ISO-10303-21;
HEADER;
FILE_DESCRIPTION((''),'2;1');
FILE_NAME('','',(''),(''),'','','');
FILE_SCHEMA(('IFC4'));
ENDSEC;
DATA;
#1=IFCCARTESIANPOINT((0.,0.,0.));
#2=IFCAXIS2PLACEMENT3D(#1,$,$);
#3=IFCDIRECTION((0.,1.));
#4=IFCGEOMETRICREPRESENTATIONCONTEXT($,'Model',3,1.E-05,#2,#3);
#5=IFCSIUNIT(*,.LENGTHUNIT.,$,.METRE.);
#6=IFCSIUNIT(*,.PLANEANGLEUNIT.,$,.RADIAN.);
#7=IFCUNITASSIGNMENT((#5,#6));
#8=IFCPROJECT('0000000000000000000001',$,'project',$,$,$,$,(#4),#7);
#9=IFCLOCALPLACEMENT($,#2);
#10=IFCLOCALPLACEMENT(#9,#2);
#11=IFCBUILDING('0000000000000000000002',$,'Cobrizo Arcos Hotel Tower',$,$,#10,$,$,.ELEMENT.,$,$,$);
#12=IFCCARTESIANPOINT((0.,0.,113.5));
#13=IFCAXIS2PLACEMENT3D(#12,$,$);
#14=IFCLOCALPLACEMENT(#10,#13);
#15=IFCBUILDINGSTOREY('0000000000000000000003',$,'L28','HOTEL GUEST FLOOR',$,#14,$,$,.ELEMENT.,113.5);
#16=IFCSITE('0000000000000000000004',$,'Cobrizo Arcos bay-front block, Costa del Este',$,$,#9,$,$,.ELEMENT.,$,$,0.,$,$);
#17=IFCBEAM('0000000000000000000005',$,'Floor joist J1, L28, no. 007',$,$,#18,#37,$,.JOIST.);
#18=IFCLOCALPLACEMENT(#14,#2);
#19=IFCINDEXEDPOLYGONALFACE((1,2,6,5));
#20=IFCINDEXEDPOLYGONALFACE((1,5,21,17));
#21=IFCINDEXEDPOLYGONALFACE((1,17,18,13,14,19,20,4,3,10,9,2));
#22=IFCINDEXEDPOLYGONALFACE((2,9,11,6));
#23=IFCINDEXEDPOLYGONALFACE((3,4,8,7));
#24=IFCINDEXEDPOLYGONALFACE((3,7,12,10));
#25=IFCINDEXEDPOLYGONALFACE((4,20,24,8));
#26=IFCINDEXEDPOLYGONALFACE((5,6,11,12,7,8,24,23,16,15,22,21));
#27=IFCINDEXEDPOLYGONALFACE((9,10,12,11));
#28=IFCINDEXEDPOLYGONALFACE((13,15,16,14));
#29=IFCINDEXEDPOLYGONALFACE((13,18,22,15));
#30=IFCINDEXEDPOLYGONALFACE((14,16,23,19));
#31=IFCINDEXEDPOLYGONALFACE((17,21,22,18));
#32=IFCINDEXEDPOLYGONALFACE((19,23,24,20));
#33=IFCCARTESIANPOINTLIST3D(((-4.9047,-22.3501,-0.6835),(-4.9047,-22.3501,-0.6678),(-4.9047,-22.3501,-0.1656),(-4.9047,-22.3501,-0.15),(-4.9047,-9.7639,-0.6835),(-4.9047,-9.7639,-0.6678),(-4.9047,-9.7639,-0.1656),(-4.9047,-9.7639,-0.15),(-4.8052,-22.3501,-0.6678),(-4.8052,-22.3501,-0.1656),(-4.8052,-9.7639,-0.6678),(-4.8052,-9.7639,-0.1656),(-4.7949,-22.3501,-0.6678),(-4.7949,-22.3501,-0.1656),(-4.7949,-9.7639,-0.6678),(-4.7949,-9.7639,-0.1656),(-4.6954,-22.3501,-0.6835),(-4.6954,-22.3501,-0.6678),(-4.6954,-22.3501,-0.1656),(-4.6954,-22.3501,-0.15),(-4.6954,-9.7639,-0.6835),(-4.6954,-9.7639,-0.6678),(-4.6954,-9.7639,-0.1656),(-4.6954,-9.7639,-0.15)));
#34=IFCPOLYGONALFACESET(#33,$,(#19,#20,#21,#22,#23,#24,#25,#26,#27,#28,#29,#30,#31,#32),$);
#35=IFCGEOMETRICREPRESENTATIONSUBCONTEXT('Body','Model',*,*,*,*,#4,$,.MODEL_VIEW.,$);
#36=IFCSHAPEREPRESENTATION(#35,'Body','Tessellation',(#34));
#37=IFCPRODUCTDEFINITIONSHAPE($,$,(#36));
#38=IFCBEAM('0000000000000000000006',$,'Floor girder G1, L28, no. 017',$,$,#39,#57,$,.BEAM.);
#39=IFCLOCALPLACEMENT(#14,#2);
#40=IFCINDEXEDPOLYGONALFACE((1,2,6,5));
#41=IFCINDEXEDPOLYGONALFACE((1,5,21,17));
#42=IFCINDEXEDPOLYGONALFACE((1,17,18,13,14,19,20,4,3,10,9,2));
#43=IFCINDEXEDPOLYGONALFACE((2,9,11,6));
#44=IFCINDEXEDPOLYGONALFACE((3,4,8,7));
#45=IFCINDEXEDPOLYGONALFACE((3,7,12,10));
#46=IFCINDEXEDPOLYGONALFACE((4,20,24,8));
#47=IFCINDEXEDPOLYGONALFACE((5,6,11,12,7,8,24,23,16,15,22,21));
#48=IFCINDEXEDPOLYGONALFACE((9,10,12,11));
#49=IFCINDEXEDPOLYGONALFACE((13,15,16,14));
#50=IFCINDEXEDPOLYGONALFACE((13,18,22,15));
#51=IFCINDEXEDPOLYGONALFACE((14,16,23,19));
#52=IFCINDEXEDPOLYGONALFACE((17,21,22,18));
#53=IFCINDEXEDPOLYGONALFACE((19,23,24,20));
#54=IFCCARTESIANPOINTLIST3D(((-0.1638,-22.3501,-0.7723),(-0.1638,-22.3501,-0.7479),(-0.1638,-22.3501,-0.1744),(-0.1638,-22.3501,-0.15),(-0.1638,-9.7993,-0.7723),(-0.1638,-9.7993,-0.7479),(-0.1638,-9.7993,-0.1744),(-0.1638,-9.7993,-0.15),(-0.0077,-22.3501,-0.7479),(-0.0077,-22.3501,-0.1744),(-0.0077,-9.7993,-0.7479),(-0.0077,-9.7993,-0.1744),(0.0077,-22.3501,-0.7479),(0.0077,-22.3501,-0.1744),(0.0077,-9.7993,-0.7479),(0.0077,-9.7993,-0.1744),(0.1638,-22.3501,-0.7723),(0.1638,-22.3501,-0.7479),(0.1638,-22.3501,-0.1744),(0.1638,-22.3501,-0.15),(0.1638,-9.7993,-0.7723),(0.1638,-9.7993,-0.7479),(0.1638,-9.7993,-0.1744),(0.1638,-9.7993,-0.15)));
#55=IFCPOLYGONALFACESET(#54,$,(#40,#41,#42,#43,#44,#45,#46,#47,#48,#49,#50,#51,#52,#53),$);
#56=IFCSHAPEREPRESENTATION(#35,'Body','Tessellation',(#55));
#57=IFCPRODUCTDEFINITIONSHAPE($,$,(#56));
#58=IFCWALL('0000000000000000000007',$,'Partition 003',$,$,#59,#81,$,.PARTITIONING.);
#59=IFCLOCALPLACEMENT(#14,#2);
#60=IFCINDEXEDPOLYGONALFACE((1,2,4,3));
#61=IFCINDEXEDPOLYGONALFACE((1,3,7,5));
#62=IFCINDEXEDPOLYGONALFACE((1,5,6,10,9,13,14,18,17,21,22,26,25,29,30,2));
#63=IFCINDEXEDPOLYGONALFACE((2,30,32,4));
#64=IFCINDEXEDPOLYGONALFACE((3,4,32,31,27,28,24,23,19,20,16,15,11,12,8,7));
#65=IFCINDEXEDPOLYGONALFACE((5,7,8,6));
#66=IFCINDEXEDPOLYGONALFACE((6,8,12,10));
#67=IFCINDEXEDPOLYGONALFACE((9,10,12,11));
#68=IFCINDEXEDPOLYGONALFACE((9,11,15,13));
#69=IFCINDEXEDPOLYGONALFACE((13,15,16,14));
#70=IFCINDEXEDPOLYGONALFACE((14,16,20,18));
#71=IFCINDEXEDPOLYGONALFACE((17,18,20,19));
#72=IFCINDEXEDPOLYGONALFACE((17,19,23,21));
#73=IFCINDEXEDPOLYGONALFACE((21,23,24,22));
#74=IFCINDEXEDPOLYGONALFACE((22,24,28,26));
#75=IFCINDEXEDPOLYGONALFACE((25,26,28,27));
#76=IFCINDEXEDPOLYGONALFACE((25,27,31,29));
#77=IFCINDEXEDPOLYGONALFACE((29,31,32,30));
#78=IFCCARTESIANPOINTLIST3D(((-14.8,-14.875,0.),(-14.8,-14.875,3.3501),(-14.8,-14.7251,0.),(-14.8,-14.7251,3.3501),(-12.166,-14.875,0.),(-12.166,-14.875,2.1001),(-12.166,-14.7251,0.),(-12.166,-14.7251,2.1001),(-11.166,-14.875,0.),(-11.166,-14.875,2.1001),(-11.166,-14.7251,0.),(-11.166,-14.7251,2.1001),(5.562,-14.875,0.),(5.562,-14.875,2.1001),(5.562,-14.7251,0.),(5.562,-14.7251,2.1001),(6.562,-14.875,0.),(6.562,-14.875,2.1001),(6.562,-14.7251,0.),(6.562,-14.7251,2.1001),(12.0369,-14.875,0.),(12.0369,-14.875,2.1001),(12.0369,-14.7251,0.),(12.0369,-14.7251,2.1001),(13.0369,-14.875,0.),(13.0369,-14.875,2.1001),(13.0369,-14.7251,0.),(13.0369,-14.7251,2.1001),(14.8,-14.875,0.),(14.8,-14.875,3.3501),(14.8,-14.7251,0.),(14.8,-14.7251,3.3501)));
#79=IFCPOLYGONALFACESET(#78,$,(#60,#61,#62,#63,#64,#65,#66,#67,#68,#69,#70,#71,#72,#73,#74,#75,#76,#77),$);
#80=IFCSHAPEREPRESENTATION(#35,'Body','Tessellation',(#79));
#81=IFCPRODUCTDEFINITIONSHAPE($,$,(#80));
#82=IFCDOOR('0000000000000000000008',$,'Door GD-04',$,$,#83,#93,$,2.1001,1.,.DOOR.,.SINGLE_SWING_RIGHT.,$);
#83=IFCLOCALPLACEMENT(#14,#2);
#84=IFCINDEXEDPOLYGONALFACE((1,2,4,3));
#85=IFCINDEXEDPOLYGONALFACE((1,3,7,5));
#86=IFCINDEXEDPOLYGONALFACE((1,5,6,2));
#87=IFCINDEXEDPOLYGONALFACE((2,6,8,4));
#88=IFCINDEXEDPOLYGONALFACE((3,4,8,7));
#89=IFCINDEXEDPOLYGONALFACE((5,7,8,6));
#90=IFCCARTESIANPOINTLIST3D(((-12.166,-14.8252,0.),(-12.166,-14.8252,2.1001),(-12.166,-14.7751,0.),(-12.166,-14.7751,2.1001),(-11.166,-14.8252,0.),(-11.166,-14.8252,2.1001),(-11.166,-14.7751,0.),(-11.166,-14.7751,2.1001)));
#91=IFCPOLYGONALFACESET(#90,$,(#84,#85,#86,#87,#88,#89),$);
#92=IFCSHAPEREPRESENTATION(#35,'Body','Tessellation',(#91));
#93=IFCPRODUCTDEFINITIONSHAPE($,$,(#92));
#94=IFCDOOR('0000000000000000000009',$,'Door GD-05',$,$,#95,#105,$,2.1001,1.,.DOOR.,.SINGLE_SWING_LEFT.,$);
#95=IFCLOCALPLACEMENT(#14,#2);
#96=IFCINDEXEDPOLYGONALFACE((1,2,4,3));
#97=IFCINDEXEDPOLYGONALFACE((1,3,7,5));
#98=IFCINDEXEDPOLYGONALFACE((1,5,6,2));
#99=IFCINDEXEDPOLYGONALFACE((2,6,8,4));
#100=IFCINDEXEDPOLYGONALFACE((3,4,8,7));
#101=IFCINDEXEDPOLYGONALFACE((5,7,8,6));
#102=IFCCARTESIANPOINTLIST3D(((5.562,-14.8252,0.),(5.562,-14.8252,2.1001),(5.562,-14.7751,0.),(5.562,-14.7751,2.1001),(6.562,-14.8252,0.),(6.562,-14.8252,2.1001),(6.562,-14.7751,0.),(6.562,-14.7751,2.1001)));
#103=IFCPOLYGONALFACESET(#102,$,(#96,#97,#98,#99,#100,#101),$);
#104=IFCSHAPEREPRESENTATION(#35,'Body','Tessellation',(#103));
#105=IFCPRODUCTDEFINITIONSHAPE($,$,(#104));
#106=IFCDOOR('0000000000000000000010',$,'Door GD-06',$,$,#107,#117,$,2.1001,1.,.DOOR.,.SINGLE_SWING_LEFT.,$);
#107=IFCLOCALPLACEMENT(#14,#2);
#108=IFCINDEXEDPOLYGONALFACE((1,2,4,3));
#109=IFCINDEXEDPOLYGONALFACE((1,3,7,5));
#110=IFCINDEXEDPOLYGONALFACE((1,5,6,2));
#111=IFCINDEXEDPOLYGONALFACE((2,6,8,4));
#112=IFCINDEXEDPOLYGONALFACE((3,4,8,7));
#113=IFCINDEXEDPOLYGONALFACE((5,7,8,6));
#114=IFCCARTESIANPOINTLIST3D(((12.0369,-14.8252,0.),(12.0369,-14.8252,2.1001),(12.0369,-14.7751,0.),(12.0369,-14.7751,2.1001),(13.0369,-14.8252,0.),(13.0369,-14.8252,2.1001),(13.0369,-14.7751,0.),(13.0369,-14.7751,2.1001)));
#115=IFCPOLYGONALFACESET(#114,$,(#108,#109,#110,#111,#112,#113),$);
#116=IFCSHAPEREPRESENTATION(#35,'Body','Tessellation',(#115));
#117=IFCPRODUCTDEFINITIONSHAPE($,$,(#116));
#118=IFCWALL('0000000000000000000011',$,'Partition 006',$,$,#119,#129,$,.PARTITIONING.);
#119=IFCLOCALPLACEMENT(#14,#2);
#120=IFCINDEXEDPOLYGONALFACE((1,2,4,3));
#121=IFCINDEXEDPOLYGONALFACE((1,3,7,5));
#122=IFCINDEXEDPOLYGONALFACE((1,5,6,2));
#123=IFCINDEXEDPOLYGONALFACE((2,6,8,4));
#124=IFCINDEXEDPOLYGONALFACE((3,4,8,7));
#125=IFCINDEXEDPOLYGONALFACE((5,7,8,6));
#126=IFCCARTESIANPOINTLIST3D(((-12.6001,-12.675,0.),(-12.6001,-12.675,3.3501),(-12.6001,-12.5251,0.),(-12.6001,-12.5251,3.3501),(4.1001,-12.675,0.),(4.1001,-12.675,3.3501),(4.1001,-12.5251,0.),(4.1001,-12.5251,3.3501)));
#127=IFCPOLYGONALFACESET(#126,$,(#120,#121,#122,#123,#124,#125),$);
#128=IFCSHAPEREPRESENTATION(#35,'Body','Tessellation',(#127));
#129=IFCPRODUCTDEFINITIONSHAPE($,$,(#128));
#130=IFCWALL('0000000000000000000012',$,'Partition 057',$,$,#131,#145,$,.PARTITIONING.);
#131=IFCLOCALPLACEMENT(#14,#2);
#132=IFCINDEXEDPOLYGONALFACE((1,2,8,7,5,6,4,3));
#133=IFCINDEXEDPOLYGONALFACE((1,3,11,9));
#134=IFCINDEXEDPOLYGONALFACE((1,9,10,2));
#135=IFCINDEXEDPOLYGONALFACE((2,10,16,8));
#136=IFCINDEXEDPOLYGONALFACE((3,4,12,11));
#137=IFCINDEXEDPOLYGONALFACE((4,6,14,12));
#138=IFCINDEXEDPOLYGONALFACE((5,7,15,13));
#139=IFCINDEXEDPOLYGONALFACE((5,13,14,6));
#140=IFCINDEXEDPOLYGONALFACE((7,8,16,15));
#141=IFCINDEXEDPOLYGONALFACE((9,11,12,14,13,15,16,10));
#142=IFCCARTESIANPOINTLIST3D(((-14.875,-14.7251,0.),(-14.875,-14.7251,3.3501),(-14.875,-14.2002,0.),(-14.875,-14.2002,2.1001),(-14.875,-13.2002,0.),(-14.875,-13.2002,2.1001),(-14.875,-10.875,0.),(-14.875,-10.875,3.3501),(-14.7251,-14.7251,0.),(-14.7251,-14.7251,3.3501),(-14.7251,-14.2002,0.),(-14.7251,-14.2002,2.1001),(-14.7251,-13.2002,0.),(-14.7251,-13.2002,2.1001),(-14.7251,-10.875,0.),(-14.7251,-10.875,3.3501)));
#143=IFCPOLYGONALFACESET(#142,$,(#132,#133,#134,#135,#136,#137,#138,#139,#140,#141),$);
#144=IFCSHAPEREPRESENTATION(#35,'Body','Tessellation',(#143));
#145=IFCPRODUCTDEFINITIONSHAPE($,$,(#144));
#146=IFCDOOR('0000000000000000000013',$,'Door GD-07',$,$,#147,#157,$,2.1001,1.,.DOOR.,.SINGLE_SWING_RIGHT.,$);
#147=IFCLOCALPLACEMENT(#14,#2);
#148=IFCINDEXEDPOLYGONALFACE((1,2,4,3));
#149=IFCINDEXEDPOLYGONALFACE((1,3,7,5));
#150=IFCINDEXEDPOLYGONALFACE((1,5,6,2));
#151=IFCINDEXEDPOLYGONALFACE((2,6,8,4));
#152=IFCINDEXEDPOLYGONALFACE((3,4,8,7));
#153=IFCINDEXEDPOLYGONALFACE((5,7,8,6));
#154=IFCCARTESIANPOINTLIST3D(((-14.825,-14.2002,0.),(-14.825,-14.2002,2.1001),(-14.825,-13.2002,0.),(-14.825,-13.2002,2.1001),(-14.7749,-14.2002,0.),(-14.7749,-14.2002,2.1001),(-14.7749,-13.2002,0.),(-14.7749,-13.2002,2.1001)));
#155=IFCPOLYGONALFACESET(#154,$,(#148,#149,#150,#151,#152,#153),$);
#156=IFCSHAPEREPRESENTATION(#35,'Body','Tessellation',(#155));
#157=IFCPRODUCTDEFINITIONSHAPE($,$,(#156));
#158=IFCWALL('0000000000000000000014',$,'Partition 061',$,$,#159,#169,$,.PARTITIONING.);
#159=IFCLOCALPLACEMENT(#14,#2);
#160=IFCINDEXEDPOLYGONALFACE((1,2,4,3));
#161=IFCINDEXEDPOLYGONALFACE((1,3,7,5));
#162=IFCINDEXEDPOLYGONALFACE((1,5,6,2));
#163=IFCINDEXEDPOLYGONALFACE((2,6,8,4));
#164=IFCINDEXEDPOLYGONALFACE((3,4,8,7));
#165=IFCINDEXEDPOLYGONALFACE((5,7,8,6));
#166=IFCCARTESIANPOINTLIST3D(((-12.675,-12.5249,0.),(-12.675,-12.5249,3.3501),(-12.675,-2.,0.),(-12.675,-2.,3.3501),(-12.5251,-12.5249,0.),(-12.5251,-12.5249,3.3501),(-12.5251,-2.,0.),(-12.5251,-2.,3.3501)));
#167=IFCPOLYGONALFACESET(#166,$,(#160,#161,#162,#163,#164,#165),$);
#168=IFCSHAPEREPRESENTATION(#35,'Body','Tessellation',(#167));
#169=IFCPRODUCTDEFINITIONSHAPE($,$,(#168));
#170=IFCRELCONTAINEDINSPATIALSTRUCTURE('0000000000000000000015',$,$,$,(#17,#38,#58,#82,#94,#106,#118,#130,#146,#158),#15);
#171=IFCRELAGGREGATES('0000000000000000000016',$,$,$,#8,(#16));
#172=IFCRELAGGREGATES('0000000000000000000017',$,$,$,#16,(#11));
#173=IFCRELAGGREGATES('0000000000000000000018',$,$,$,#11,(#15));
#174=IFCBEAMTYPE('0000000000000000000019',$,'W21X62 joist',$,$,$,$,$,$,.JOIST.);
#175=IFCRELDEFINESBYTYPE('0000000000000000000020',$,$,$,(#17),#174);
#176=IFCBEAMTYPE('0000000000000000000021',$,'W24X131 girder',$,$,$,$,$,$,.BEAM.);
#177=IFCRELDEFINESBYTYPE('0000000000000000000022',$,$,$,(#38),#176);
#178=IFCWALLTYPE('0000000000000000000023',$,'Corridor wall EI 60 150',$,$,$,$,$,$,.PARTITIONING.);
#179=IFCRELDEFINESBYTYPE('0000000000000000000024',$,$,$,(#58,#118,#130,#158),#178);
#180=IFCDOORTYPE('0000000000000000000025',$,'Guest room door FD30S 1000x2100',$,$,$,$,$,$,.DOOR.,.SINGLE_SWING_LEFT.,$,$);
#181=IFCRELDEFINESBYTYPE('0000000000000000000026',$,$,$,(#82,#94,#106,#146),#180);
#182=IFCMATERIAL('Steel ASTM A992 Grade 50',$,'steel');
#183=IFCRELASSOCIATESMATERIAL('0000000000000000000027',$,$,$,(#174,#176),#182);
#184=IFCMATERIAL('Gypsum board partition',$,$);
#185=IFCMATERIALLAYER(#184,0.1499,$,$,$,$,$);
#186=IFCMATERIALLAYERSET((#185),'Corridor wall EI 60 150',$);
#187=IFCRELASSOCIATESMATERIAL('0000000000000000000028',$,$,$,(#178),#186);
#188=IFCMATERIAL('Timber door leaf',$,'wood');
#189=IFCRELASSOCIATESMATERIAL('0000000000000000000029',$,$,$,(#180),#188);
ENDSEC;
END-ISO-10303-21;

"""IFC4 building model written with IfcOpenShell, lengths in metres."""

from ifc_helpers import new_model, si_unit, direction, frame, frame_2d, origin, origin_2d, place, context, subcontext, project, spatial, rectangle, i_section, extrude, material, layer, layer_set, material_profile, profile_set, type_object, element, fill, save


model = new_model("IFC4")

# Units and contexts
model_context = context("Model", 3, precision=1e-05, world=origin(), true_north=direction((0.0, 1.0)))
body_context = subcontext(model_context, "Body", "Model", "MODEL_VIEW")
ifc_project = project(units=[si_unit("LENGTHUNIT", "METRE"), si_unit("PLANEANGLEUNIT", "RADIAN")], contexts=[model_context])

# Site, building, storey
site_placement = place(None, origin())
site = spatial("IfcSite", under=ifc_project, at=site_placement, Name="Cobrizo Arcos bay-front block, Costa del Este", CompositionType="ELEMENT", RefElevation=0.0)
building_placement = place(site_placement, origin())
building = spatial("IfcBuilding", under=site, at=building_placement, Name="Cobrizo Arcos Hotel Tower", CompositionType="ELEMENT")
storey_placement = place(building_placement, frame((0.0, 0.0, 113.5)))
storey = spatial("IfcBuildingStorey", under=building, at=storey_placement, Name="L28", Description="HOTEL GUEST FLOOR", CompositionType="ELEMENT", Elevation=113.5)

# Beams
ifc_material_1 = material(Name="Steel ASTM A992 Grade 50", Category="steel")
ifc_material_profile_1 = material_profile(ifc_material_1, i_section(OverallWidth=0.2092, OverallDepth=0.5334, WebThickness=0.0103, FlangeThickness=0.0156, at=origin_2d()), Name="W21X62")
ifc_profile_set_1 = profile_set([ifc_material_profile_1], Name="Steel ASTM A992 Grade 50")
beam_type_1 = type_object("IfcBeamType", Name="W21X62 joist", PredefinedType="JOIST", material=ifc_profile_set_1)
beam_1_placement = place(storey_placement, frame((-4.8, -22.3501, -0.4167), z_axis=(0.0, 1.0, 0.0), x_axis=(-1.0, 0.0, 0.0)))
element("IfcBeam", 1, at=beam_1_placement, inside=storey, type_object=beam_type_1, Name="Floor joist J1, L28, no. 007", PredefinedType="JOIST", context=body_context, shape_type="SweptSolid", body=[
    extrude(i_section(OverallWidth=0.2092, OverallDepth=0.5334, WebThickness=0.0103, FlangeThickness=0.0156, at=origin_2d()), origin(), (0.0, 0.0, 1.0), 12.5862),
])
ifc_material_profile_2 = material_profile(ifc_material_1, i_section(OverallWidth=0.3276, OverallDepth=0.6223, WebThickness=0.0154, FlangeThickness=0.0244, at=origin_2d()), Name="W24X131")
ifc_profile_set_2 = profile_set([ifc_material_profile_2], Name="Steel ASTM A992 Grade 50")
beam_type_2 = type_object("IfcBeamType", Name="W24X131 girder", PredefinedType="BEAM", material=ifc_profile_set_2)
beam_2_placement = place(storey_placement, frame((0.0, -22.3501, -0.4612), z_axis=(0.0, 1.0, 0.0), x_axis=(-1.0, 0.0, 0.0)))
element("IfcBeam", 2, at=beam_2_placement, inside=storey, type_object=beam_type_2, Name="Floor girder G1, L28, no. 017", PredefinedType="BEAM", context=body_context, shape_type="SweptSolid", body=[
    extrude(i_section(OverallWidth=0.3276, OverallDepth=0.6223, WebThickness=0.0154, FlangeThickness=0.0244, at=origin_2d()), origin(), (0.0, 0.0, 1.0), 12.5508),
])

# Wall, openings, doors
ifc_material_2 = material(Name="Gypsum board partition")
ifc_layer_1 = layer(ifc_material_2, 0.1499)
ifc_layer_set_1 = layer_set([ifc_layer_1], Name="Corridor wall EI 60 150")
wall_type_1 = type_object("IfcWallType", Name="Corridor wall EI 60 150", PredefinedType="PARTITIONING", material=ifc_layer_set_1)
wall_1_placement = place(storey_placement, frame((-14.8, -14.8, 0.0), z_axis=(0.0, 0.0, 1.0), x_axis=(1.0, 0.0, 0.0)))
wall_1 = element("IfcWall", 3, at=wall_1_placement, inside=storey, type_object=wall_type_1, Name="Partition 003", PredefinedType="PARTITIONING", context=body_context, shape_type="SweptSolid", body=[
    extrude(rectangle(XDim=29.6001, YDim=0.1499, at=frame_2d((14.8, 0.0))), origin(), (0.0, 0.0, 1.0), 3.3501),
])
opening_1_placement = place(wall_1_placement, frame((2.634, 0.0, 0.0)))
opening_1 = element("IfcOpeningElement", 4, at=opening_1_placement, cuts=wall_1, PredefinedType="OPENING", context=body_context, shape_type="SweptSolid", body=[
    extrude(rectangle(XDim=1.0, YDim=2.1001, at=frame_2d((0.5, 1.05))), frame((0.0, 0.0869, 0.0), z_axis=(0.0, -1.0, 0.0), x_axis=(1.0, 0.0, 0.0)), (0.0, 0.0, 1.0), 0.1738),
])
opening_2_placement = place(wall_1_placement, frame((20.3621, 0.0, 0.0)))
opening_2 = element("IfcOpeningElement", 5, at=opening_2_placement, cuts=wall_1, PredefinedType="OPENING", context=body_context, shape_type="SweptSolid", body=[
    extrude(rectangle(XDim=1.0, YDim=2.1001, at=frame_2d((0.5, 1.05))), frame((0.0, 0.0869, 0.0), z_axis=(0.0, -1.0, 0.0), x_axis=(1.0, 0.0, 0.0)), (0.0, 0.0, 1.0), 0.1738),
])
opening_3_placement = place(wall_1_placement, frame((26.8369, 0.0, 0.0)))
opening_3 = element("IfcOpeningElement", 6, at=opening_3_placement, cuts=wall_1, PredefinedType="OPENING", context=body_context, shape_type="SweptSolid", body=[
    extrude(rectangle(XDim=1.0, YDim=2.1001, at=frame_2d((0.5, 1.05))), frame((0.0, 0.0869, 0.0), z_axis=(0.0, -1.0, 0.0), x_axis=(1.0, 0.0, 0.0)), (0.0, 0.0, 1.0), 0.1738),
])
ifc_material_3 = material(Name="Timber door leaf", Category="wood")
door_type_1 = type_object("IfcDoorType", Name="Guest room door FD30S 1000x2100", OperationType="SINGLE_SWING_LEFT", PredefinedType="DOOR", material=ifc_material_3)
door_1_placement = place(opening_1_placement, origin())
door_1 = element("IfcDoor", 7, at=door_1_placement, inside=storey, type_object=door_type_1, Name="Door GD-04", OperationType="SINGLE_SWING_RIGHT", OverallHeight=2.1001, OverallWidth=1.0, PredefinedType="DOOR", context=body_context, shape_type="SweptSolid", body=[
    extrude(rectangle(XDim=1.0, YDim=2.1001, at=frame_2d((0.5, 1.05))), frame((0.0, 0.0249, 0.0), z_axis=(0.0, -1.0, 0.0), x_axis=(1.0, 0.0, 0.0)), (0.0, 0.0, 1.0), 0.05),
])
fill(opening_1, door_1)
door_2_placement = place(opening_2_placement, origin())
door_2 = element("IfcDoor", 8, at=door_2_placement, inside=storey, type_object=door_type_1, Name="Door GD-05", OperationType="SINGLE_SWING_LEFT", OverallHeight=2.1001, OverallWidth=1.0, PredefinedType="DOOR", context=body_context, shape_type="SweptSolid", body=[
    extrude(rectangle(XDim=1.0, YDim=2.1001, at=frame_2d((0.5, 1.05))), frame((0.0, 0.0249, 0.0), z_axis=(0.0, -1.0, 0.0), x_axis=(1.0, 0.0, 0.0)), (0.0, 0.0, 1.0), 0.05),
])
fill(opening_2, door_2)
door_3_placement = place(opening_3_placement, origin())
door_3 = element("IfcDoor", 9, at=door_3_placement, inside=storey, type_object=door_type_1, Name="Door GD-06", OperationType="SINGLE_SWING_LEFT", OverallHeight=2.1001, OverallWidth=1.0, PredefinedType="DOOR", context=body_context, shape_type="SweptSolid", body=[
    extrude(rectangle(XDim=1.0, YDim=2.1001, at=frame_2d((0.5, 1.05))), frame((0.0, 0.0249, 0.0), z_axis=(0.0, -1.0, 0.0), x_axis=(1.0, 0.0, 0.0)), (0.0, 0.0, 1.0), 0.05),
])
fill(opening_3, door_3)

# Wall
wall_2_placement = place(storey_placement, frame((-12.6001, -12.6001, 0.0), z_axis=(0.0, 0.0, 1.0), x_axis=(1.0, 0.0, 0.0)))
element("IfcWall", 10, at=wall_2_placement, inside=storey, type_object=wall_type_1, Name="Partition 006", PredefinedType="PARTITIONING", context=body_context, shape_type="SweptSolid", body=[
    extrude(rectangle(XDim=16.7002, YDim=0.1499, at=frame_2d((8.3501, 0.0))), origin(), (0.0, 0.0, 1.0), 3.3501),
])

# Wall, opening, door
wall_3_placement = place(storey_placement, frame((-14.8, -14.7251, 0.0), z_axis=(0.0, 0.0, 1.0), x_axis=(0.0, 1.0, 0.0)))
wall_3 = element("IfcWall", 11, at=wall_3_placement, inside=storey, type_object=wall_type_1, Name="Partition 057", PredefinedType="PARTITIONING", context=body_context, shape_type="SweptSolid", body=[
    extrude(rectangle(XDim=3.8501, YDim=0.1499, at=frame_2d((1.925, 0.0))), origin(), (0.0, 0.0, 1.0), 3.3501),
])
opening_4_placement = place(wall_3_placement, frame((0.5249, 0.0, 0.0)))
opening_4 = element("IfcOpeningElement", 12, at=opening_4_placement, cuts=wall_3, PredefinedType="OPENING", context=body_context, shape_type="SweptSolid", body=[
    extrude(rectangle(XDim=1.0, YDim=2.1001, at=frame_2d((0.5, 1.05))), frame((0.0, 0.0869, 0.0), z_axis=(0.0, -1.0, 0.0), x_axis=(1.0, 0.0, 0.0)), (0.0, 0.0, 1.0), 0.1738),
])
door_4_placement = place(opening_4_placement, origin())
door_4 = element("IfcDoor", 13, at=door_4_placement, inside=storey, type_object=door_type_1, Name="Door GD-07", OperationType="SINGLE_SWING_RIGHT", OverallHeight=2.1001, OverallWidth=1.0, PredefinedType="DOOR", context=body_context, shape_type="SweptSolid", body=[
    extrude(rectangle(XDim=1.0, YDim=2.1001, at=frame_2d((0.5, 1.05))), frame((0.0, 0.0249, 0.0), z_axis=(0.0, -1.0, 0.0), x_axis=(1.0, 0.0, 0.0)), (0.0, 0.0, 1.0), 0.05),
])
fill(opening_4, door_4)

# Wall
wall_4_placement = place(storey_placement, frame((-12.6001, -12.5249, 0.0), z_axis=(0.0, 0.0, 1.0), x_axis=(0.0, 1.0, 0.0)))
element("IfcWall", 14, at=wall_4_placement, inside=storey, type_object=wall_type_1, Name="Partition 061", PredefinedType="PARTITIONING", context=body_context, shape_type="SweptSolid", body=[
    extrude(rectangle(XDim=10.5249, YDim=0.1499, at=frame_2d((5.2625, 0.0))), origin(), (0.0, 0.0, 1.0), 3.3501),
])

save(model, "model.ifc")
